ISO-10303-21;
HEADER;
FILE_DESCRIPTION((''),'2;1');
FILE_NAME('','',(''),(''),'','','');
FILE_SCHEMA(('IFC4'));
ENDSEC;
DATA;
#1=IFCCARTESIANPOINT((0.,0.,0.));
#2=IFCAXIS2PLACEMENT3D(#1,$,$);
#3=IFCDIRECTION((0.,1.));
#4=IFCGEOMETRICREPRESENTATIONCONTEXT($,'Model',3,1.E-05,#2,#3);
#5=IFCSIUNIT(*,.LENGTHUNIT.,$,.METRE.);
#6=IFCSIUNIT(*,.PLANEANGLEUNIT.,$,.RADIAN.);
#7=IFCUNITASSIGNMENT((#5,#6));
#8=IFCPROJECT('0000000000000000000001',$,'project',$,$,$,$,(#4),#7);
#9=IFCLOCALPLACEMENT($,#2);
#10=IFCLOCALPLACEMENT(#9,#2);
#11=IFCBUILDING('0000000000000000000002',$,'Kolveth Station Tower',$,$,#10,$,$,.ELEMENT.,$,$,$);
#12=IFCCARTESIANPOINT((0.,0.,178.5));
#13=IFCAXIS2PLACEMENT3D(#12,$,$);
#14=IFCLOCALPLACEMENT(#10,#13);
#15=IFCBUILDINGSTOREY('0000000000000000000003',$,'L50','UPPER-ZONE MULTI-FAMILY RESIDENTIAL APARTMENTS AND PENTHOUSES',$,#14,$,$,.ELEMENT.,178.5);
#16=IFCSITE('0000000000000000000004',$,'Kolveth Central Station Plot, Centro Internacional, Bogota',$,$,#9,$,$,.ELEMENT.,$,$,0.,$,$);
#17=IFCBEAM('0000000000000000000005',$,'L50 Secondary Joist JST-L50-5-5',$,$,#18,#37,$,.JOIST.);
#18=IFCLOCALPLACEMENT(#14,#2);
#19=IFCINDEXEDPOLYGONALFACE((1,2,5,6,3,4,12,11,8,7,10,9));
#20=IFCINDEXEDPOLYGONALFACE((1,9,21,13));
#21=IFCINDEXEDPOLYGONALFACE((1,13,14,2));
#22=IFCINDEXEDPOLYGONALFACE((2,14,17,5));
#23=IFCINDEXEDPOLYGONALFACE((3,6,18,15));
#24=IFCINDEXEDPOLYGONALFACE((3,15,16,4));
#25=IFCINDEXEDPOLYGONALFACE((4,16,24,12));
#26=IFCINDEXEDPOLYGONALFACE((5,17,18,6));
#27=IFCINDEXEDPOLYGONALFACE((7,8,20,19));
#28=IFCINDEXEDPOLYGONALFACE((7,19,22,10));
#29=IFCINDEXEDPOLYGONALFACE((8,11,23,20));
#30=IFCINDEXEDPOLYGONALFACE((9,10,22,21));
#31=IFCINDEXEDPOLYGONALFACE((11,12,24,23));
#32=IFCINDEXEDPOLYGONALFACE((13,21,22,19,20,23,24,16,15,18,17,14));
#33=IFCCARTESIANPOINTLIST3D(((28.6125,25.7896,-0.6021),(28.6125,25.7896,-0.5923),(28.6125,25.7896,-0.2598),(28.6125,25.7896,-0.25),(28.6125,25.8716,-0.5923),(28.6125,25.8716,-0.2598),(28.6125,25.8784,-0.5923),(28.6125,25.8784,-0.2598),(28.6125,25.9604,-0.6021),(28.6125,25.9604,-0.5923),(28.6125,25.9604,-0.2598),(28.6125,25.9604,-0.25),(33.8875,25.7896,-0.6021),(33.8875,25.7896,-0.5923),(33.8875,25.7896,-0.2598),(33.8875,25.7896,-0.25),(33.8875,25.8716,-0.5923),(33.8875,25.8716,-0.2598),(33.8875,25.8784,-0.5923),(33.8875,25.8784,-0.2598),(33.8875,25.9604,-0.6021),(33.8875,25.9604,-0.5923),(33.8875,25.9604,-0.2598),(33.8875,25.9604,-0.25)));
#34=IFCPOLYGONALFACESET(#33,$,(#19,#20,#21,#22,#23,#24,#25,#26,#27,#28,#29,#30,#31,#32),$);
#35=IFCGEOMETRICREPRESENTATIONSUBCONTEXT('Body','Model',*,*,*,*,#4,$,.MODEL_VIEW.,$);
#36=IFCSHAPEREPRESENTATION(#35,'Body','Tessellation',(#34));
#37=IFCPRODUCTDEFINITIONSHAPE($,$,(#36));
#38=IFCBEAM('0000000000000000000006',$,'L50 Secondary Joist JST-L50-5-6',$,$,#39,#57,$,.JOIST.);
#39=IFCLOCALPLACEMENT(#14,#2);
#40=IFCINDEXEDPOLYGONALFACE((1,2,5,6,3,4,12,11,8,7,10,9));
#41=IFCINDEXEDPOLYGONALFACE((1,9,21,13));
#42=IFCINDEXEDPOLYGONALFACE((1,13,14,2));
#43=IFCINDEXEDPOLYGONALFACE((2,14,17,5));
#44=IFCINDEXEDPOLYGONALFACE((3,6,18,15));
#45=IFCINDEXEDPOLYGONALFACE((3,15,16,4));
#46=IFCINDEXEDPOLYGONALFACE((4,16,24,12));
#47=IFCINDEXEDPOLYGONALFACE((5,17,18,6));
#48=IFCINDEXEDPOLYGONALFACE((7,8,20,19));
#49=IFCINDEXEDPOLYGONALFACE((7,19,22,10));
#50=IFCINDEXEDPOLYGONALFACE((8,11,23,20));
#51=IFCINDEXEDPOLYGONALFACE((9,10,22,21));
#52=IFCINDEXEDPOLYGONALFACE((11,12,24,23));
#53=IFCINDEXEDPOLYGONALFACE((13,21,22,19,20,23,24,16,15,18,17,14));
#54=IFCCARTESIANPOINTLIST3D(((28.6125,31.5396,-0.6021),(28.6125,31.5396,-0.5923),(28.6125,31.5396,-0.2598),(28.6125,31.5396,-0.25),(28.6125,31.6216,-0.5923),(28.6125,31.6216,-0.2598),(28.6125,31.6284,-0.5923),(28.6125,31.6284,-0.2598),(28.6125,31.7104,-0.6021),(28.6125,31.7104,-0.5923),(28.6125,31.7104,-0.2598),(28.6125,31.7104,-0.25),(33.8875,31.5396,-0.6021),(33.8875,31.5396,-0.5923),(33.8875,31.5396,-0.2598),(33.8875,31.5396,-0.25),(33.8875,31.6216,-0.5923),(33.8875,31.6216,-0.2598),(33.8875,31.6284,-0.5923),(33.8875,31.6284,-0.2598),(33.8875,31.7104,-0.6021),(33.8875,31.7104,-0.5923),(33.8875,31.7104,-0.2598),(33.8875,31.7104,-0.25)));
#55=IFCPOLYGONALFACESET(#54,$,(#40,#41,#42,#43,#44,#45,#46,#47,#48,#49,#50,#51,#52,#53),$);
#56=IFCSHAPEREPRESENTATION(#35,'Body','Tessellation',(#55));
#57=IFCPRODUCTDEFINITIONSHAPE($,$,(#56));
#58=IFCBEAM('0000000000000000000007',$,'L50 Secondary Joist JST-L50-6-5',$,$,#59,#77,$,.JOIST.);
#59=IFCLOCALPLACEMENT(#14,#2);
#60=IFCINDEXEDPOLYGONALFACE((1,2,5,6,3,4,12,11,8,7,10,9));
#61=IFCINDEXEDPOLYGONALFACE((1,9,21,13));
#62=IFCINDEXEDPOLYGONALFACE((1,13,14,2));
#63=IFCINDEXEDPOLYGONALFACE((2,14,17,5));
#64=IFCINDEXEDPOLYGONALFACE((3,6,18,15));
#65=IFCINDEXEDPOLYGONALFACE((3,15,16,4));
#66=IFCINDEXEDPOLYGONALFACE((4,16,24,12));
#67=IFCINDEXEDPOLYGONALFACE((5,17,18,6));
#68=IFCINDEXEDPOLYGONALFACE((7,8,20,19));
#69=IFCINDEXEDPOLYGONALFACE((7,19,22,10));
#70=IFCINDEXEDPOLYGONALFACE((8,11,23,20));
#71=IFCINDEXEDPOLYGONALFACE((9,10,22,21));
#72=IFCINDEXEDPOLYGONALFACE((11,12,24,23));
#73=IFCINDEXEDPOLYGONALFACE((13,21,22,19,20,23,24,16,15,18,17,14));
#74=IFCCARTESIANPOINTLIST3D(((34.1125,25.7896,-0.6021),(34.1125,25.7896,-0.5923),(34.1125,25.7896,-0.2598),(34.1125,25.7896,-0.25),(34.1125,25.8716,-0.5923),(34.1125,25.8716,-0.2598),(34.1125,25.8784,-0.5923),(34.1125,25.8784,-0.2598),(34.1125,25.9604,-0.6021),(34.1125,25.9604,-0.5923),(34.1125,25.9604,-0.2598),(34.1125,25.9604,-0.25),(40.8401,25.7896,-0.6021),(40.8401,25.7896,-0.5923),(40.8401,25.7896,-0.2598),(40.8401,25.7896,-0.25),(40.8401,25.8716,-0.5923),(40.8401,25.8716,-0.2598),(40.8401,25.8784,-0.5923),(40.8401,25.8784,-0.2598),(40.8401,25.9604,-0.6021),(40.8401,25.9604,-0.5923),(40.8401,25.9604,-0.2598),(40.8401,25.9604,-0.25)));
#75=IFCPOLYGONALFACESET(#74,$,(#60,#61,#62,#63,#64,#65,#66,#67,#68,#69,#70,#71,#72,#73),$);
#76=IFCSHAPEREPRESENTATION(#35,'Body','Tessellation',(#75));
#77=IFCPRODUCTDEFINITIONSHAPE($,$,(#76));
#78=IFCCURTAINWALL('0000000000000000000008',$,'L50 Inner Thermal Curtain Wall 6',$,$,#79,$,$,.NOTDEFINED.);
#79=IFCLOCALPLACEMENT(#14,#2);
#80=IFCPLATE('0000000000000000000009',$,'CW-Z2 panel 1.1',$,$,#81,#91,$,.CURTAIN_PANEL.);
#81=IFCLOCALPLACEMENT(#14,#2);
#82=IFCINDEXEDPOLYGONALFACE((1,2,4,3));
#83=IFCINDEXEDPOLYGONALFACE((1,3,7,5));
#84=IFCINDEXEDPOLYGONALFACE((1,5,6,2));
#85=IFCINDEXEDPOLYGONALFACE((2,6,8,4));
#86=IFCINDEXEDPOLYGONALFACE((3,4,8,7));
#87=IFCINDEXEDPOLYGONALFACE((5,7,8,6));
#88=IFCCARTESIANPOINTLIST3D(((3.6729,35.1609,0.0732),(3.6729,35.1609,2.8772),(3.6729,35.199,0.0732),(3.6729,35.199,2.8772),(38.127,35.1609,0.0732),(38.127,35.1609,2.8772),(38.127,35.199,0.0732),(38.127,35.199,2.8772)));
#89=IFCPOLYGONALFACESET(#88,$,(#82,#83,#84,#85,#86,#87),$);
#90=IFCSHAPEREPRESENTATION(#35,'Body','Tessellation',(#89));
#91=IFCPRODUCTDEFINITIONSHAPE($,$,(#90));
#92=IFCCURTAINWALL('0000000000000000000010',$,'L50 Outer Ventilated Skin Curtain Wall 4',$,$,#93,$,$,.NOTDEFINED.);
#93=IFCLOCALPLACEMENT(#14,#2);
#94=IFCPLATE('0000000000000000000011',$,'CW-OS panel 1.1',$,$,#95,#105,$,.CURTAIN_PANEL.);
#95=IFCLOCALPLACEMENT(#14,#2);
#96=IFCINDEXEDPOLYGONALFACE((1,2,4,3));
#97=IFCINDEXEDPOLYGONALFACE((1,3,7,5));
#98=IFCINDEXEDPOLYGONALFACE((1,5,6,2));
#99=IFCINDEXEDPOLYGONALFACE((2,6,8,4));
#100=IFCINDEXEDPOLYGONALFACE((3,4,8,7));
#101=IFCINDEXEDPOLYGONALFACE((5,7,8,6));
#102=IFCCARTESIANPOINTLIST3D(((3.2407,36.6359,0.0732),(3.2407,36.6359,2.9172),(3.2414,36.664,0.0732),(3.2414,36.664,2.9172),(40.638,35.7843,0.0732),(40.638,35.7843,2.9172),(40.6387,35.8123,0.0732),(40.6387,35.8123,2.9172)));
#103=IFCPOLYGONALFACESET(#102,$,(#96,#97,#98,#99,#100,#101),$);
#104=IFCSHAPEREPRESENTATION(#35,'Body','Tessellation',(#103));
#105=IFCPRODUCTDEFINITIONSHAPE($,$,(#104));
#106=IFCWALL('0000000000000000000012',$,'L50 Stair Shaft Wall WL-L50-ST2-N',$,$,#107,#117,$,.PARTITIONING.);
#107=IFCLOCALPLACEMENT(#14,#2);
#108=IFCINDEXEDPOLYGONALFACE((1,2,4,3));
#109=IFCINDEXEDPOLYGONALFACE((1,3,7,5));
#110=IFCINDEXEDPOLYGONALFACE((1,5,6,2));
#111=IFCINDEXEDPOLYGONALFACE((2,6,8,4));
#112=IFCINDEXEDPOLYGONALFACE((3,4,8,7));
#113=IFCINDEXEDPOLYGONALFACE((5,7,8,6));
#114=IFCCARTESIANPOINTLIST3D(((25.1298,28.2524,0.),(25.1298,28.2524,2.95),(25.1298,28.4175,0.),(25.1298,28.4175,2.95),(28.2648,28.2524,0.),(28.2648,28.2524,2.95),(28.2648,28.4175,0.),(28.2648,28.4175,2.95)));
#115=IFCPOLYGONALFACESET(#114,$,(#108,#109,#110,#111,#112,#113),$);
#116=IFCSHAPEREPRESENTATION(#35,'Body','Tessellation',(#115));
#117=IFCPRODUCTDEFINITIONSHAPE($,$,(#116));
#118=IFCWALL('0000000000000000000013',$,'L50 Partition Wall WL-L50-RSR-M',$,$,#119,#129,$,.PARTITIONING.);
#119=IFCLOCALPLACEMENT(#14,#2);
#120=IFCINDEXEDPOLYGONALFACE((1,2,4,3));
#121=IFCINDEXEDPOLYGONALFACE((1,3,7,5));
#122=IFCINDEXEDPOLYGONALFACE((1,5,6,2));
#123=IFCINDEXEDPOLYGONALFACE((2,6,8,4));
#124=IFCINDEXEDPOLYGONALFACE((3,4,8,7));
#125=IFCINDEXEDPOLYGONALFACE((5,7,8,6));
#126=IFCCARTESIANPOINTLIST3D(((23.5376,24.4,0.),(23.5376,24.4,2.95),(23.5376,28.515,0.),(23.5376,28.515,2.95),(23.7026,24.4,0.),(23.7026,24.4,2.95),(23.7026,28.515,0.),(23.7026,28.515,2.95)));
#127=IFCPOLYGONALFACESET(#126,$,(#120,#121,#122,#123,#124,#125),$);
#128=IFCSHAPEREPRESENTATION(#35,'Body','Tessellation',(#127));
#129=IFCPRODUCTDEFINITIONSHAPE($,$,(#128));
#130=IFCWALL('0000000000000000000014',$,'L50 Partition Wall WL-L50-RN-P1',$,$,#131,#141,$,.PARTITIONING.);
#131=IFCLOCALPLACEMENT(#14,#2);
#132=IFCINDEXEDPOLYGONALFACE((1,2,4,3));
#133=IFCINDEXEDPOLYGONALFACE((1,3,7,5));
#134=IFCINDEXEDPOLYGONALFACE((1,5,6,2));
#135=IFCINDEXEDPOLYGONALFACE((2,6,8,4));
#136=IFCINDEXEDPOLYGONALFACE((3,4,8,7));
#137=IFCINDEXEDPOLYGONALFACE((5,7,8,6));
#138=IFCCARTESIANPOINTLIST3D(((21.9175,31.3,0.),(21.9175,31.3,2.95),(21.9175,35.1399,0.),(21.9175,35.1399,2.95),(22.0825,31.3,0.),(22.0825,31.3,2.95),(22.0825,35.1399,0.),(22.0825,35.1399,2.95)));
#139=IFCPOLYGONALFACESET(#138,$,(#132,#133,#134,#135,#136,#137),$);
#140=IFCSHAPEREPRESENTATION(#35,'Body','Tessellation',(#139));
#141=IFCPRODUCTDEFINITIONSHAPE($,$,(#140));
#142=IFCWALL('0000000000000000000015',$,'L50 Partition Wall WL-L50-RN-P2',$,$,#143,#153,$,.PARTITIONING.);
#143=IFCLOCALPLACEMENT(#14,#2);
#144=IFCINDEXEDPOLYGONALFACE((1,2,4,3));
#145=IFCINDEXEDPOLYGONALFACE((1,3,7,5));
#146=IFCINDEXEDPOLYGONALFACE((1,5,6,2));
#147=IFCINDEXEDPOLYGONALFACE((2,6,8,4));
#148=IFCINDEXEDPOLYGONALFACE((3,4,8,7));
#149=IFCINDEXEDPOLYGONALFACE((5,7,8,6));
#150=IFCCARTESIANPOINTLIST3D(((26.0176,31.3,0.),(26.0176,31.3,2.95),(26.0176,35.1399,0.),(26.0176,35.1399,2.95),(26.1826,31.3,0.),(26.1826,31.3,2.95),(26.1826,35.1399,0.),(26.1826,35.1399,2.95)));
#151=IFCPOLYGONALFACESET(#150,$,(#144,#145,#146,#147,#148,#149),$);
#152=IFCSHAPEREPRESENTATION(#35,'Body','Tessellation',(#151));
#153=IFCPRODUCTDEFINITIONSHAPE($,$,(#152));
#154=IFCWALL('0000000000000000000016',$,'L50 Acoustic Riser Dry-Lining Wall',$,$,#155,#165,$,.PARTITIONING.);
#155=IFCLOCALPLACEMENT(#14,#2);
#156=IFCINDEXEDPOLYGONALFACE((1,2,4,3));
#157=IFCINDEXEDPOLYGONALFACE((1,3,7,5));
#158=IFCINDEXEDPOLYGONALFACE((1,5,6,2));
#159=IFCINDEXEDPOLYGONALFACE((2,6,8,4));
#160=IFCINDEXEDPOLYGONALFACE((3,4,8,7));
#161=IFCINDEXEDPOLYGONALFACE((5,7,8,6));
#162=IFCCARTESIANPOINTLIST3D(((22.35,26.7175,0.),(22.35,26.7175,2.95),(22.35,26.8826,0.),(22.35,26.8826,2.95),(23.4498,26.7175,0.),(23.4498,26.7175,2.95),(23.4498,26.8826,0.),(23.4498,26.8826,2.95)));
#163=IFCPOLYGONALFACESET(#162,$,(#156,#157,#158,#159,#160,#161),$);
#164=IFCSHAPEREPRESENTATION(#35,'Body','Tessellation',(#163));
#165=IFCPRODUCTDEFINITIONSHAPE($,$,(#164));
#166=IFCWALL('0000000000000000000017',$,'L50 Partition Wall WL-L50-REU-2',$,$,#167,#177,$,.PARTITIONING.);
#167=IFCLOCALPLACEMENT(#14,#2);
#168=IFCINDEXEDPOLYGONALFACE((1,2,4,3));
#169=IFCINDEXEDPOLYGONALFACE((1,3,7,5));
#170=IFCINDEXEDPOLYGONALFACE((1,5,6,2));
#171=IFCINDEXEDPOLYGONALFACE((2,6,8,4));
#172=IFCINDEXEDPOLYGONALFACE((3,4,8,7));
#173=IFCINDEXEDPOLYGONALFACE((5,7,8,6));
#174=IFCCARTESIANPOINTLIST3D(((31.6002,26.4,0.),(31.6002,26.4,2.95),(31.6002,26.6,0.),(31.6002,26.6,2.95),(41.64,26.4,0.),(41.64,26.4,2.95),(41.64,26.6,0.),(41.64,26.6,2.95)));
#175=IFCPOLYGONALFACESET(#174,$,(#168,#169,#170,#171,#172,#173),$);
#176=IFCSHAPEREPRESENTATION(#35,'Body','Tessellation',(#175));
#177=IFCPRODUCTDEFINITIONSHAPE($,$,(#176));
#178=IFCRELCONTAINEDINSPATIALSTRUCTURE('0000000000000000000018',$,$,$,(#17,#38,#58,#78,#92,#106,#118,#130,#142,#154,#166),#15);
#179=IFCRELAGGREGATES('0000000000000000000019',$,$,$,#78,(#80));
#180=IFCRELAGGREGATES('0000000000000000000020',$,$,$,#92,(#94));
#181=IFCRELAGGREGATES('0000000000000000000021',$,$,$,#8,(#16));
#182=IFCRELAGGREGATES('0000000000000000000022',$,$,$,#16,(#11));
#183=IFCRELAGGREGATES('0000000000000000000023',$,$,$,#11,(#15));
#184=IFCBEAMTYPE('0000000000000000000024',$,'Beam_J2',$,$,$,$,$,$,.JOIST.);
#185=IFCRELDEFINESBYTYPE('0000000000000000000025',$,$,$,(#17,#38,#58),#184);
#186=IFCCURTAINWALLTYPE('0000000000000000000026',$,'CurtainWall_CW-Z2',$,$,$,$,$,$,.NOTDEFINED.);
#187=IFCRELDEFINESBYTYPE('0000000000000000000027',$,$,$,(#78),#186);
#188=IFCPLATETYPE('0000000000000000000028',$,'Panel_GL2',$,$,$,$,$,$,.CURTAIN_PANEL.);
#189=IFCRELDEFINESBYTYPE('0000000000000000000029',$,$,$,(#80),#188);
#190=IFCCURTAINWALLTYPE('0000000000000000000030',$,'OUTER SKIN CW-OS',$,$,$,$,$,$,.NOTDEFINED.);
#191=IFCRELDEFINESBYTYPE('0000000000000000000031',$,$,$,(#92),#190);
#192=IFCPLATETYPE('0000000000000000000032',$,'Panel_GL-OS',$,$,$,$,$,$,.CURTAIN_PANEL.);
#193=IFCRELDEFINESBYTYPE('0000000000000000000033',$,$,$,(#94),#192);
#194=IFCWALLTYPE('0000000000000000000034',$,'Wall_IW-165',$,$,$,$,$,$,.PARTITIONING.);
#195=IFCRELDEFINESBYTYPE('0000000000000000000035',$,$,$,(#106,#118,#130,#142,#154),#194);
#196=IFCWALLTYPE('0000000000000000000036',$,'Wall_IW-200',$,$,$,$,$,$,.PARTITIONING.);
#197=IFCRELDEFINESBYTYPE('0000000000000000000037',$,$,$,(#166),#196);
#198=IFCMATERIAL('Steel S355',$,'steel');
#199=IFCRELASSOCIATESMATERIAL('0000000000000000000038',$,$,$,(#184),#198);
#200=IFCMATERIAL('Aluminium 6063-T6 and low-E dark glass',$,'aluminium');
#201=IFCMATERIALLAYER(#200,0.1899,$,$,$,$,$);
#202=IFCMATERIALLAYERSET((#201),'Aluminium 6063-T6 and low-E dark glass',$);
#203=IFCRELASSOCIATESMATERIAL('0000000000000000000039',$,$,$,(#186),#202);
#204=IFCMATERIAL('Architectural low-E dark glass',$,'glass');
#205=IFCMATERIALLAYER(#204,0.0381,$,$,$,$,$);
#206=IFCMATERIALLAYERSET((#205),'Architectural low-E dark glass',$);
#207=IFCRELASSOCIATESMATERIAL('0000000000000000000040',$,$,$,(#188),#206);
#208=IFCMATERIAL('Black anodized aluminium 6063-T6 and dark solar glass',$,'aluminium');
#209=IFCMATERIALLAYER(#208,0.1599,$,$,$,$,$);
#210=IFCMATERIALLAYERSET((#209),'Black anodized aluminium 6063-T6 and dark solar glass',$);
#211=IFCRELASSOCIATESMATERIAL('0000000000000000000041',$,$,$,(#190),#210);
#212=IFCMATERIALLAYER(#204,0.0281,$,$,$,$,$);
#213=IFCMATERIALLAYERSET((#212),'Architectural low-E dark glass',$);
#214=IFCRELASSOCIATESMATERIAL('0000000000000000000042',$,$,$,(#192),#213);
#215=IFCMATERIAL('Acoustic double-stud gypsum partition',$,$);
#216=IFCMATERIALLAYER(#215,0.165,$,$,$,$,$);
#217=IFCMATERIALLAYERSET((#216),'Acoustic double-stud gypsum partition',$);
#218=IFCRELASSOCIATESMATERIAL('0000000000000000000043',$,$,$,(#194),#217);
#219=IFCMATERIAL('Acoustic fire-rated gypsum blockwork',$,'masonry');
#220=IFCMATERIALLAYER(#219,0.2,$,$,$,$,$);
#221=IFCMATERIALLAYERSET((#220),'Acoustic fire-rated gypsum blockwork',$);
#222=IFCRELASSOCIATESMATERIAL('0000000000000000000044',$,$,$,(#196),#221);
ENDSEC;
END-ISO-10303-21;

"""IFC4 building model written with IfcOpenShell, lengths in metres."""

from ifc_helpers import new_model, si_unit, direction, frame, frame_2d, origin, origin_2d, place, context, subcontext, project, spatial, rectangle, i_section, extrude, source, transform, mapped, material, layer, layer_set, material_profile, profile_set, type_object, element, aggregate, save


model = new_model("IFC4")

# Units and contexts
model_context = context("Model", 3, precision=1e-05, world=origin(), true_north=direction((0.0, 1.0)))
body_context = subcontext(model_context, "Body", "Model", "MODEL_VIEW")
ifc_project = project(units=[si_unit("LENGTHUNIT", "METRE"), si_unit("PLANEANGLEUNIT", "RADIAN")], contexts=[model_context])

# Site, building, storey
site_placement = place(None, origin())
site = spatial("IfcSite", under=ifc_project, at=site_placement, Name="Kolveth Central Station Plot, Centro Internacional, Bogota", CompositionType="ELEMENT", RefElevation=0.0)
building_placement = place(site_placement, origin())
building = spatial("IfcBuilding", under=site, at=building_placement, Name="Kolveth Station Tower", CompositionType="ELEMENT")
storey_placement = place(building_placement, frame((0.0, 0.0, 178.5)))
storey = spatial("IfcBuildingStorey", under=building, at=storey_placement, Name="L50", Description="UPPER-ZONE MULTI-FAMILY RESIDENTIAL APARTMENTS AND PENTHOUSES", CompositionType="ELEMENT", Elevation=178.5)

# Shared definitions
ifc_material_1 = material(Name="Steel S355", Category="steel")

# Beams
ifc_material_profile_1 = material_profile(ifc_material_1, i_section(OverallWidth=0.1709, OverallDepth=0.3521, WebThickness=0.0068, FlangeThickness=0.0098, at=origin_2d()), Name="W360x44")
ifc_profile_set_1 = profile_set([ifc_material_profile_1], Name="Steel S355")
beam_type_1 = type_object("IfcBeamType", Name="Beam_J2", PredefinedType="JOIST", material=ifc_profile_set_1)
shared_shape_1 = source(origin(), body_context, "Body", "SweptSolid", [
    extrude(i_section(OverallWidth=0.1709, OverallDepth=0.3521, WebThickness=0.0068, FlangeThickness=0.0098, at=origin_2d()), origin(), (0.0, 0.0, 1.0), 5.2749),
])
for number, where, z_axis, x_axis, name in (
    (1, (28.6125, 25.875, -0.426), (1.0, 0.0, 0.0), (0.0, 1.0, 0.0), "L50 Secondary Joist JST-L50-5-5"),
    (2, (28.6125, 31.625, -0.426), (1.0, 0.0, 0.0), (0.0, 1.0, 0.0), "L50 Secondary Joist JST-L50-5-6"),
):
    element("IfcBeam", number, at=place(storey_placement, frame(where, z_axis=z_axis, x_axis=x_axis)), inside=storey, type_object=beam_type_1, Name=name, PredefinedType="JOIST", context=body_context, shape_type="MappedRepresentation", body=[
        mapped(shared_shape_1, transform((0.0, 0.0, 0.0), x_axis=(1.0, 0.0, 0.0), y_axis=(0.0, 1.0, 0.0), z_axis=(0.0, 0.0, 1.0), scale=1.0)),
    ])
shared_shape_2 = source(origin(), body_context, "Body", "SweptSolid", [
    extrude(i_section(OverallWidth=0.1709, OverallDepth=0.3521, WebThickness=0.0068, FlangeThickness=0.0098, at=origin_2d()), origin(), (0.0, 0.0, 1.0), 6.7275),
])
beam_1_placement = place(storey_placement, frame((34.1125, 25.875, -0.426), z_axis=(1.0, 0.0, 0.0), x_axis=(0.0, 1.0, 0.0)))
element("IfcBeam", 3, at=beam_1_placement, inside=storey, type_object=beam_type_1, Name="L50 Secondary Joist JST-L50-6-5", PredefinedType="JOIST", context=body_context, shape_type="MappedRepresentation", body=[
    mapped(shared_shape_2, transform((0.0, 0.0, 0.0), x_axis=(1.0, 0.0, 0.0), y_axis=(0.0, 1.0, 0.0), z_axis=(0.0, 0.0, 1.0), scale=1.0)),
])

# Curtain walls, plates
ifc_material_2 = material(Name="Aluminium 6063-T6 and low-E dark glass", Category="aluminium")
ifc_layer_1 = layer(ifc_material_2, 0.1899)
ifc_layer_set_1 = layer_set([ifc_layer_1], Name="Aluminium 6063-T6 and low-E dark glass")
curtain_wall_type_1 = type_object("IfcCurtainWallType", Name="CurtainWall_CW-Z2", PredefinedType="NOTDEFINED", material=ifc_layer_set_1)
curtain_wall_1_placement = place(storey_placement, origin())
curtain_wall_1 = element("IfcCurtainWall", 4, at=curtain_wall_1_placement, inside=storey, type_object=curtain_wall_type_1, Name="L50 Inner Thermal Curtain Wall 6", PredefinedType="NOTDEFINED")
ifc_material_3 = material(Name="Architectural low-E dark glass", Category="glass")
ifc_layer_2 = layer(ifc_material_3, 0.0381)
ifc_layer_set_2 = layer_set([ifc_layer_2], Name="Architectural low-E dark glass")
plate_type_1 = type_object("IfcPlateType", Name="Panel_GL2", PredefinedType="CURTAIN_PANEL", material=ifc_layer_set_2)
shared_shape_3 = source(origin(), body_context, "Body", "SweptSolid", [
    extrude(rectangle(XDim=34.4541, YDim=0.0381, at=origin_2d()), origin(), (0.0, 0.0, 1.0), 2.804),
])
plate_1_placement = place(storey_placement, frame((20.8999, 35.1799, 0.0732), z_axis=(0.0, 0.0, 1.0), x_axis=(-1.0, 0.0, 0.0)))
plate_1 = element("IfcPlate", 5, at=plate_1_placement, type_object=plate_type_1, Name="CW-Z2 panel 1.1", PredefinedType="CURTAIN_PANEL", context=body_context, shape_type="MappedRepresentation", body=[
    mapped(shared_shape_3, transform((0.0, 0.0, 0.0), x_axis=(1.0, 0.0, 0.0), y_axis=(0.0, 1.0, 0.0), z_axis=(0.0, 0.0, 1.0), scale=1.0)),
])
aggregate(curtain_wall_1, [plate_1])
ifc_material_4 = material(Name="Black anodized aluminium 6063-T6 and dark solar glass", Category="aluminium")
ifc_layer_3 = layer(ifc_material_4, 0.1599)
ifc_layer_set_3 = layer_set([ifc_layer_3], Name="Black anodized aluminium 6063-T6 and dark solar glass")
curtain_wall_type_2 = type_object("IfcCurtainWallType", Name="OUTER SKIN CW-OS", PredefinedType="NOTDEFINED", material=ifc_layer_set_3)
curtain_wall_2_placement = place(storey_placement, origin())
curtain_wall_2 = element("IfcCurtainWall", 6, at=curtain_wall_2_placement, inside=storey, type_object=curtain_wall_type_2, Name="L50 Outer Ventilated Skin Curtain Wall 4", PredefinedType="NOTDEFINED")
ifc_layer_4 = layer(ifc_material_3, 0.0281)
ifc_layer_set_4 = layer_set([ifc_layer_4], Name="Architectural low-E dark glass")
plate_type_2 = type_object("IfcPlateType", Name="Panel_GL-OS", PredefinedType="CURTAIN_PANEL", material=ifc_layer_set_4)
shared_shape_4 = source(origin(), body_context, "Body", "SweptSolid", [
    extrude(rectangle(XDim=37.407, YDim=0.0281, at=origin_2d()), origin(), (0.0, 0.0, 1.0), 2.844),
])
plate_2_placement = place(storey_placement, frame((21.9397, 36.2241, 0.0732), z_axis=(0.0, 0.0, 1.0), x_axis=(-0.999741, 0.022766, 0.0)))
plate_2 = element("IfcPlate", 7, at=plate_2_placement, type_object=plate_type_2, Name="CW-OS panel 1.1", PredefinedType="CURTAIN_PANEL", context=body_context, shape_type="MappedRepresentation", body=[
    mapped(shared_shape_4, transform((0.0, 0.0, 0.0), x_axis=(1.0, 0.0, 0.0), y_axis=(0.0, 1.0, 0.0), z_axis=(0.0, 0.0, 1.0), scale=1.0)),
])
aggregate(curtain_wall_2, [plate_2])

# Walls
ifc_material_5 = material(Name="Acoustic double-stud gypsum partition")
ifc_layer_5 = layer(ifc_material_5, 0.165)
ifc_layer_set_5 = layer_set([ifc_layer_5], Name="Acoustic double-stud gypsum partition")
wall_type_1 = type_object("IfcWallType", Name="Wall_IW-165", PredefinedType="PARTITIONING", material=ifc_layer_set_5)
wall_1_placement = place(storey_placement, frame((25.1299, 28.335, 0.0), z_axis=(0.0, 0.0, 1.0), x_axis=(1.0, 0.0, 0.0)))
element("IfcWall", 8, at=wall_1_placement, inside=storey, type_object=wall_type_1, Name="L50 Stair Shaft Wall WL-L50-ST2-N", PredefinedType="PARTITIONING", context=body_context, shape_type="SweptSolid", body=[
    extrude(rectangle(XDim=3.135, YDim=0.165, at=frame_2d((1.5674, 0.0))), origin(), (0.0, 0.0, 1.0), 2.95),
])
wall_2_placement = place(storey_placement, frame((23.6201, 24.3999, 0.0), z_axis=(0.0, 0.0, 1.0), x_axis=(0.0, 1.0, 0.0)))
element("IfcWall", 9, at=wall_2_placement, inside=storey, type_object=wall_type_1, Name="L50 Partition Wall WL-L50-RSR-M", PredefinedType="PARTITIONING", context=body_context, shape_type="SweptSolid", body=[
    extrude(rectangle(XDim=4.115, YDim=0.165, at=frame_2d((2.0576, 0.0))), origin(), (0.0, 0.0, 1.0), 2.95),
])
for number, where, z_axis, x_axis, name in (
    (10, (22.0, 31.3, 0.0), (0.0, 0.0, 1.0), (0.0, 1.0, 0.0), "L50 Partition Wall WL-L50-RN-P1"),
    (11, (26.1001, 31.3, 0.0), (0.0, 0.0, 1.0), (0.0, 1.0, 0.0), "L50 Partition Wall WL-L50-RN-P2"),
):
    element("IfcWall", number, at=place(storey_placement, frame(where, z_axis=z_axis, x_axis=x_axis)), inside=storey, type_object=wall_type_1, Name=name, PredefinedType="PARTITIONING", context=body_context, shape_type="SweptSolid", body=[
        extrude(rectangle(XDim=3.8398, YDim=0.165, at=frame_2d((1.9199, 0.0))), origin(), (0.0, 0.0, 1.0), 2.95),
    ])
wall_3_placement = place(storey_placement, frame((22.3501, 26.8, 0.0), z_axis=(0.0, 0.0, 1.0), x_axis=(1.0, 0.0, 0.0)))
element("IfcWall", 12, at=wall_3_placement, inside=storey, type_object=wall_type_1, Name="L50 Acoustic Riser Dry-Lining Wall", PredefinedType="PARTITIONING", context=body_context, shape_type="SweptSolid", body=[
    extrude(rectangle(XDim=1.0999, YDim=0.165, at=frame_2d((0.5498, 0.0))), origin(), (0.0, 0.0, 1.0), 2.95),
])
ifc_material_6 = material(Name="Acoustic fire-rated gypsum blockwork", Category="masonry")
ifc_layer_6 = layer(ifc_material_6, 0.2)
ifc_layer_set_6 = layer_set([ifc_layer_6], Name="Acoustic fire-rated gypsum blockwork")
wall_type_2 = type_object("IfcWallType", Name="Wall_IW-200", PredefinedType="PARTITIONING", material=ifc_layer_set_6)
wall_4_placement = place(storey_placement, frame((31.6001, 26.5, 0.0), z_axis=(0.0, 0.0, 1.0), x_axis=(1.0, 0.0, 0.0)))
element("IfcWall", 13, at=wall_4_placement, inside=storey, type_object=wall_type_2, Name="L50 Partition Wall WL-L50-REU-2", PredefinedType="PARTITIONING", context=body_context, shape_type="SweptSolid", body=[
    extrude(rectangle(XDim=10.0398, YDim=0.2, at=frame_2d((5.02, 0.0))), origin(), (0.0, 0.0, 1.0), 2.95),
])

save(model, "model.ifc")
